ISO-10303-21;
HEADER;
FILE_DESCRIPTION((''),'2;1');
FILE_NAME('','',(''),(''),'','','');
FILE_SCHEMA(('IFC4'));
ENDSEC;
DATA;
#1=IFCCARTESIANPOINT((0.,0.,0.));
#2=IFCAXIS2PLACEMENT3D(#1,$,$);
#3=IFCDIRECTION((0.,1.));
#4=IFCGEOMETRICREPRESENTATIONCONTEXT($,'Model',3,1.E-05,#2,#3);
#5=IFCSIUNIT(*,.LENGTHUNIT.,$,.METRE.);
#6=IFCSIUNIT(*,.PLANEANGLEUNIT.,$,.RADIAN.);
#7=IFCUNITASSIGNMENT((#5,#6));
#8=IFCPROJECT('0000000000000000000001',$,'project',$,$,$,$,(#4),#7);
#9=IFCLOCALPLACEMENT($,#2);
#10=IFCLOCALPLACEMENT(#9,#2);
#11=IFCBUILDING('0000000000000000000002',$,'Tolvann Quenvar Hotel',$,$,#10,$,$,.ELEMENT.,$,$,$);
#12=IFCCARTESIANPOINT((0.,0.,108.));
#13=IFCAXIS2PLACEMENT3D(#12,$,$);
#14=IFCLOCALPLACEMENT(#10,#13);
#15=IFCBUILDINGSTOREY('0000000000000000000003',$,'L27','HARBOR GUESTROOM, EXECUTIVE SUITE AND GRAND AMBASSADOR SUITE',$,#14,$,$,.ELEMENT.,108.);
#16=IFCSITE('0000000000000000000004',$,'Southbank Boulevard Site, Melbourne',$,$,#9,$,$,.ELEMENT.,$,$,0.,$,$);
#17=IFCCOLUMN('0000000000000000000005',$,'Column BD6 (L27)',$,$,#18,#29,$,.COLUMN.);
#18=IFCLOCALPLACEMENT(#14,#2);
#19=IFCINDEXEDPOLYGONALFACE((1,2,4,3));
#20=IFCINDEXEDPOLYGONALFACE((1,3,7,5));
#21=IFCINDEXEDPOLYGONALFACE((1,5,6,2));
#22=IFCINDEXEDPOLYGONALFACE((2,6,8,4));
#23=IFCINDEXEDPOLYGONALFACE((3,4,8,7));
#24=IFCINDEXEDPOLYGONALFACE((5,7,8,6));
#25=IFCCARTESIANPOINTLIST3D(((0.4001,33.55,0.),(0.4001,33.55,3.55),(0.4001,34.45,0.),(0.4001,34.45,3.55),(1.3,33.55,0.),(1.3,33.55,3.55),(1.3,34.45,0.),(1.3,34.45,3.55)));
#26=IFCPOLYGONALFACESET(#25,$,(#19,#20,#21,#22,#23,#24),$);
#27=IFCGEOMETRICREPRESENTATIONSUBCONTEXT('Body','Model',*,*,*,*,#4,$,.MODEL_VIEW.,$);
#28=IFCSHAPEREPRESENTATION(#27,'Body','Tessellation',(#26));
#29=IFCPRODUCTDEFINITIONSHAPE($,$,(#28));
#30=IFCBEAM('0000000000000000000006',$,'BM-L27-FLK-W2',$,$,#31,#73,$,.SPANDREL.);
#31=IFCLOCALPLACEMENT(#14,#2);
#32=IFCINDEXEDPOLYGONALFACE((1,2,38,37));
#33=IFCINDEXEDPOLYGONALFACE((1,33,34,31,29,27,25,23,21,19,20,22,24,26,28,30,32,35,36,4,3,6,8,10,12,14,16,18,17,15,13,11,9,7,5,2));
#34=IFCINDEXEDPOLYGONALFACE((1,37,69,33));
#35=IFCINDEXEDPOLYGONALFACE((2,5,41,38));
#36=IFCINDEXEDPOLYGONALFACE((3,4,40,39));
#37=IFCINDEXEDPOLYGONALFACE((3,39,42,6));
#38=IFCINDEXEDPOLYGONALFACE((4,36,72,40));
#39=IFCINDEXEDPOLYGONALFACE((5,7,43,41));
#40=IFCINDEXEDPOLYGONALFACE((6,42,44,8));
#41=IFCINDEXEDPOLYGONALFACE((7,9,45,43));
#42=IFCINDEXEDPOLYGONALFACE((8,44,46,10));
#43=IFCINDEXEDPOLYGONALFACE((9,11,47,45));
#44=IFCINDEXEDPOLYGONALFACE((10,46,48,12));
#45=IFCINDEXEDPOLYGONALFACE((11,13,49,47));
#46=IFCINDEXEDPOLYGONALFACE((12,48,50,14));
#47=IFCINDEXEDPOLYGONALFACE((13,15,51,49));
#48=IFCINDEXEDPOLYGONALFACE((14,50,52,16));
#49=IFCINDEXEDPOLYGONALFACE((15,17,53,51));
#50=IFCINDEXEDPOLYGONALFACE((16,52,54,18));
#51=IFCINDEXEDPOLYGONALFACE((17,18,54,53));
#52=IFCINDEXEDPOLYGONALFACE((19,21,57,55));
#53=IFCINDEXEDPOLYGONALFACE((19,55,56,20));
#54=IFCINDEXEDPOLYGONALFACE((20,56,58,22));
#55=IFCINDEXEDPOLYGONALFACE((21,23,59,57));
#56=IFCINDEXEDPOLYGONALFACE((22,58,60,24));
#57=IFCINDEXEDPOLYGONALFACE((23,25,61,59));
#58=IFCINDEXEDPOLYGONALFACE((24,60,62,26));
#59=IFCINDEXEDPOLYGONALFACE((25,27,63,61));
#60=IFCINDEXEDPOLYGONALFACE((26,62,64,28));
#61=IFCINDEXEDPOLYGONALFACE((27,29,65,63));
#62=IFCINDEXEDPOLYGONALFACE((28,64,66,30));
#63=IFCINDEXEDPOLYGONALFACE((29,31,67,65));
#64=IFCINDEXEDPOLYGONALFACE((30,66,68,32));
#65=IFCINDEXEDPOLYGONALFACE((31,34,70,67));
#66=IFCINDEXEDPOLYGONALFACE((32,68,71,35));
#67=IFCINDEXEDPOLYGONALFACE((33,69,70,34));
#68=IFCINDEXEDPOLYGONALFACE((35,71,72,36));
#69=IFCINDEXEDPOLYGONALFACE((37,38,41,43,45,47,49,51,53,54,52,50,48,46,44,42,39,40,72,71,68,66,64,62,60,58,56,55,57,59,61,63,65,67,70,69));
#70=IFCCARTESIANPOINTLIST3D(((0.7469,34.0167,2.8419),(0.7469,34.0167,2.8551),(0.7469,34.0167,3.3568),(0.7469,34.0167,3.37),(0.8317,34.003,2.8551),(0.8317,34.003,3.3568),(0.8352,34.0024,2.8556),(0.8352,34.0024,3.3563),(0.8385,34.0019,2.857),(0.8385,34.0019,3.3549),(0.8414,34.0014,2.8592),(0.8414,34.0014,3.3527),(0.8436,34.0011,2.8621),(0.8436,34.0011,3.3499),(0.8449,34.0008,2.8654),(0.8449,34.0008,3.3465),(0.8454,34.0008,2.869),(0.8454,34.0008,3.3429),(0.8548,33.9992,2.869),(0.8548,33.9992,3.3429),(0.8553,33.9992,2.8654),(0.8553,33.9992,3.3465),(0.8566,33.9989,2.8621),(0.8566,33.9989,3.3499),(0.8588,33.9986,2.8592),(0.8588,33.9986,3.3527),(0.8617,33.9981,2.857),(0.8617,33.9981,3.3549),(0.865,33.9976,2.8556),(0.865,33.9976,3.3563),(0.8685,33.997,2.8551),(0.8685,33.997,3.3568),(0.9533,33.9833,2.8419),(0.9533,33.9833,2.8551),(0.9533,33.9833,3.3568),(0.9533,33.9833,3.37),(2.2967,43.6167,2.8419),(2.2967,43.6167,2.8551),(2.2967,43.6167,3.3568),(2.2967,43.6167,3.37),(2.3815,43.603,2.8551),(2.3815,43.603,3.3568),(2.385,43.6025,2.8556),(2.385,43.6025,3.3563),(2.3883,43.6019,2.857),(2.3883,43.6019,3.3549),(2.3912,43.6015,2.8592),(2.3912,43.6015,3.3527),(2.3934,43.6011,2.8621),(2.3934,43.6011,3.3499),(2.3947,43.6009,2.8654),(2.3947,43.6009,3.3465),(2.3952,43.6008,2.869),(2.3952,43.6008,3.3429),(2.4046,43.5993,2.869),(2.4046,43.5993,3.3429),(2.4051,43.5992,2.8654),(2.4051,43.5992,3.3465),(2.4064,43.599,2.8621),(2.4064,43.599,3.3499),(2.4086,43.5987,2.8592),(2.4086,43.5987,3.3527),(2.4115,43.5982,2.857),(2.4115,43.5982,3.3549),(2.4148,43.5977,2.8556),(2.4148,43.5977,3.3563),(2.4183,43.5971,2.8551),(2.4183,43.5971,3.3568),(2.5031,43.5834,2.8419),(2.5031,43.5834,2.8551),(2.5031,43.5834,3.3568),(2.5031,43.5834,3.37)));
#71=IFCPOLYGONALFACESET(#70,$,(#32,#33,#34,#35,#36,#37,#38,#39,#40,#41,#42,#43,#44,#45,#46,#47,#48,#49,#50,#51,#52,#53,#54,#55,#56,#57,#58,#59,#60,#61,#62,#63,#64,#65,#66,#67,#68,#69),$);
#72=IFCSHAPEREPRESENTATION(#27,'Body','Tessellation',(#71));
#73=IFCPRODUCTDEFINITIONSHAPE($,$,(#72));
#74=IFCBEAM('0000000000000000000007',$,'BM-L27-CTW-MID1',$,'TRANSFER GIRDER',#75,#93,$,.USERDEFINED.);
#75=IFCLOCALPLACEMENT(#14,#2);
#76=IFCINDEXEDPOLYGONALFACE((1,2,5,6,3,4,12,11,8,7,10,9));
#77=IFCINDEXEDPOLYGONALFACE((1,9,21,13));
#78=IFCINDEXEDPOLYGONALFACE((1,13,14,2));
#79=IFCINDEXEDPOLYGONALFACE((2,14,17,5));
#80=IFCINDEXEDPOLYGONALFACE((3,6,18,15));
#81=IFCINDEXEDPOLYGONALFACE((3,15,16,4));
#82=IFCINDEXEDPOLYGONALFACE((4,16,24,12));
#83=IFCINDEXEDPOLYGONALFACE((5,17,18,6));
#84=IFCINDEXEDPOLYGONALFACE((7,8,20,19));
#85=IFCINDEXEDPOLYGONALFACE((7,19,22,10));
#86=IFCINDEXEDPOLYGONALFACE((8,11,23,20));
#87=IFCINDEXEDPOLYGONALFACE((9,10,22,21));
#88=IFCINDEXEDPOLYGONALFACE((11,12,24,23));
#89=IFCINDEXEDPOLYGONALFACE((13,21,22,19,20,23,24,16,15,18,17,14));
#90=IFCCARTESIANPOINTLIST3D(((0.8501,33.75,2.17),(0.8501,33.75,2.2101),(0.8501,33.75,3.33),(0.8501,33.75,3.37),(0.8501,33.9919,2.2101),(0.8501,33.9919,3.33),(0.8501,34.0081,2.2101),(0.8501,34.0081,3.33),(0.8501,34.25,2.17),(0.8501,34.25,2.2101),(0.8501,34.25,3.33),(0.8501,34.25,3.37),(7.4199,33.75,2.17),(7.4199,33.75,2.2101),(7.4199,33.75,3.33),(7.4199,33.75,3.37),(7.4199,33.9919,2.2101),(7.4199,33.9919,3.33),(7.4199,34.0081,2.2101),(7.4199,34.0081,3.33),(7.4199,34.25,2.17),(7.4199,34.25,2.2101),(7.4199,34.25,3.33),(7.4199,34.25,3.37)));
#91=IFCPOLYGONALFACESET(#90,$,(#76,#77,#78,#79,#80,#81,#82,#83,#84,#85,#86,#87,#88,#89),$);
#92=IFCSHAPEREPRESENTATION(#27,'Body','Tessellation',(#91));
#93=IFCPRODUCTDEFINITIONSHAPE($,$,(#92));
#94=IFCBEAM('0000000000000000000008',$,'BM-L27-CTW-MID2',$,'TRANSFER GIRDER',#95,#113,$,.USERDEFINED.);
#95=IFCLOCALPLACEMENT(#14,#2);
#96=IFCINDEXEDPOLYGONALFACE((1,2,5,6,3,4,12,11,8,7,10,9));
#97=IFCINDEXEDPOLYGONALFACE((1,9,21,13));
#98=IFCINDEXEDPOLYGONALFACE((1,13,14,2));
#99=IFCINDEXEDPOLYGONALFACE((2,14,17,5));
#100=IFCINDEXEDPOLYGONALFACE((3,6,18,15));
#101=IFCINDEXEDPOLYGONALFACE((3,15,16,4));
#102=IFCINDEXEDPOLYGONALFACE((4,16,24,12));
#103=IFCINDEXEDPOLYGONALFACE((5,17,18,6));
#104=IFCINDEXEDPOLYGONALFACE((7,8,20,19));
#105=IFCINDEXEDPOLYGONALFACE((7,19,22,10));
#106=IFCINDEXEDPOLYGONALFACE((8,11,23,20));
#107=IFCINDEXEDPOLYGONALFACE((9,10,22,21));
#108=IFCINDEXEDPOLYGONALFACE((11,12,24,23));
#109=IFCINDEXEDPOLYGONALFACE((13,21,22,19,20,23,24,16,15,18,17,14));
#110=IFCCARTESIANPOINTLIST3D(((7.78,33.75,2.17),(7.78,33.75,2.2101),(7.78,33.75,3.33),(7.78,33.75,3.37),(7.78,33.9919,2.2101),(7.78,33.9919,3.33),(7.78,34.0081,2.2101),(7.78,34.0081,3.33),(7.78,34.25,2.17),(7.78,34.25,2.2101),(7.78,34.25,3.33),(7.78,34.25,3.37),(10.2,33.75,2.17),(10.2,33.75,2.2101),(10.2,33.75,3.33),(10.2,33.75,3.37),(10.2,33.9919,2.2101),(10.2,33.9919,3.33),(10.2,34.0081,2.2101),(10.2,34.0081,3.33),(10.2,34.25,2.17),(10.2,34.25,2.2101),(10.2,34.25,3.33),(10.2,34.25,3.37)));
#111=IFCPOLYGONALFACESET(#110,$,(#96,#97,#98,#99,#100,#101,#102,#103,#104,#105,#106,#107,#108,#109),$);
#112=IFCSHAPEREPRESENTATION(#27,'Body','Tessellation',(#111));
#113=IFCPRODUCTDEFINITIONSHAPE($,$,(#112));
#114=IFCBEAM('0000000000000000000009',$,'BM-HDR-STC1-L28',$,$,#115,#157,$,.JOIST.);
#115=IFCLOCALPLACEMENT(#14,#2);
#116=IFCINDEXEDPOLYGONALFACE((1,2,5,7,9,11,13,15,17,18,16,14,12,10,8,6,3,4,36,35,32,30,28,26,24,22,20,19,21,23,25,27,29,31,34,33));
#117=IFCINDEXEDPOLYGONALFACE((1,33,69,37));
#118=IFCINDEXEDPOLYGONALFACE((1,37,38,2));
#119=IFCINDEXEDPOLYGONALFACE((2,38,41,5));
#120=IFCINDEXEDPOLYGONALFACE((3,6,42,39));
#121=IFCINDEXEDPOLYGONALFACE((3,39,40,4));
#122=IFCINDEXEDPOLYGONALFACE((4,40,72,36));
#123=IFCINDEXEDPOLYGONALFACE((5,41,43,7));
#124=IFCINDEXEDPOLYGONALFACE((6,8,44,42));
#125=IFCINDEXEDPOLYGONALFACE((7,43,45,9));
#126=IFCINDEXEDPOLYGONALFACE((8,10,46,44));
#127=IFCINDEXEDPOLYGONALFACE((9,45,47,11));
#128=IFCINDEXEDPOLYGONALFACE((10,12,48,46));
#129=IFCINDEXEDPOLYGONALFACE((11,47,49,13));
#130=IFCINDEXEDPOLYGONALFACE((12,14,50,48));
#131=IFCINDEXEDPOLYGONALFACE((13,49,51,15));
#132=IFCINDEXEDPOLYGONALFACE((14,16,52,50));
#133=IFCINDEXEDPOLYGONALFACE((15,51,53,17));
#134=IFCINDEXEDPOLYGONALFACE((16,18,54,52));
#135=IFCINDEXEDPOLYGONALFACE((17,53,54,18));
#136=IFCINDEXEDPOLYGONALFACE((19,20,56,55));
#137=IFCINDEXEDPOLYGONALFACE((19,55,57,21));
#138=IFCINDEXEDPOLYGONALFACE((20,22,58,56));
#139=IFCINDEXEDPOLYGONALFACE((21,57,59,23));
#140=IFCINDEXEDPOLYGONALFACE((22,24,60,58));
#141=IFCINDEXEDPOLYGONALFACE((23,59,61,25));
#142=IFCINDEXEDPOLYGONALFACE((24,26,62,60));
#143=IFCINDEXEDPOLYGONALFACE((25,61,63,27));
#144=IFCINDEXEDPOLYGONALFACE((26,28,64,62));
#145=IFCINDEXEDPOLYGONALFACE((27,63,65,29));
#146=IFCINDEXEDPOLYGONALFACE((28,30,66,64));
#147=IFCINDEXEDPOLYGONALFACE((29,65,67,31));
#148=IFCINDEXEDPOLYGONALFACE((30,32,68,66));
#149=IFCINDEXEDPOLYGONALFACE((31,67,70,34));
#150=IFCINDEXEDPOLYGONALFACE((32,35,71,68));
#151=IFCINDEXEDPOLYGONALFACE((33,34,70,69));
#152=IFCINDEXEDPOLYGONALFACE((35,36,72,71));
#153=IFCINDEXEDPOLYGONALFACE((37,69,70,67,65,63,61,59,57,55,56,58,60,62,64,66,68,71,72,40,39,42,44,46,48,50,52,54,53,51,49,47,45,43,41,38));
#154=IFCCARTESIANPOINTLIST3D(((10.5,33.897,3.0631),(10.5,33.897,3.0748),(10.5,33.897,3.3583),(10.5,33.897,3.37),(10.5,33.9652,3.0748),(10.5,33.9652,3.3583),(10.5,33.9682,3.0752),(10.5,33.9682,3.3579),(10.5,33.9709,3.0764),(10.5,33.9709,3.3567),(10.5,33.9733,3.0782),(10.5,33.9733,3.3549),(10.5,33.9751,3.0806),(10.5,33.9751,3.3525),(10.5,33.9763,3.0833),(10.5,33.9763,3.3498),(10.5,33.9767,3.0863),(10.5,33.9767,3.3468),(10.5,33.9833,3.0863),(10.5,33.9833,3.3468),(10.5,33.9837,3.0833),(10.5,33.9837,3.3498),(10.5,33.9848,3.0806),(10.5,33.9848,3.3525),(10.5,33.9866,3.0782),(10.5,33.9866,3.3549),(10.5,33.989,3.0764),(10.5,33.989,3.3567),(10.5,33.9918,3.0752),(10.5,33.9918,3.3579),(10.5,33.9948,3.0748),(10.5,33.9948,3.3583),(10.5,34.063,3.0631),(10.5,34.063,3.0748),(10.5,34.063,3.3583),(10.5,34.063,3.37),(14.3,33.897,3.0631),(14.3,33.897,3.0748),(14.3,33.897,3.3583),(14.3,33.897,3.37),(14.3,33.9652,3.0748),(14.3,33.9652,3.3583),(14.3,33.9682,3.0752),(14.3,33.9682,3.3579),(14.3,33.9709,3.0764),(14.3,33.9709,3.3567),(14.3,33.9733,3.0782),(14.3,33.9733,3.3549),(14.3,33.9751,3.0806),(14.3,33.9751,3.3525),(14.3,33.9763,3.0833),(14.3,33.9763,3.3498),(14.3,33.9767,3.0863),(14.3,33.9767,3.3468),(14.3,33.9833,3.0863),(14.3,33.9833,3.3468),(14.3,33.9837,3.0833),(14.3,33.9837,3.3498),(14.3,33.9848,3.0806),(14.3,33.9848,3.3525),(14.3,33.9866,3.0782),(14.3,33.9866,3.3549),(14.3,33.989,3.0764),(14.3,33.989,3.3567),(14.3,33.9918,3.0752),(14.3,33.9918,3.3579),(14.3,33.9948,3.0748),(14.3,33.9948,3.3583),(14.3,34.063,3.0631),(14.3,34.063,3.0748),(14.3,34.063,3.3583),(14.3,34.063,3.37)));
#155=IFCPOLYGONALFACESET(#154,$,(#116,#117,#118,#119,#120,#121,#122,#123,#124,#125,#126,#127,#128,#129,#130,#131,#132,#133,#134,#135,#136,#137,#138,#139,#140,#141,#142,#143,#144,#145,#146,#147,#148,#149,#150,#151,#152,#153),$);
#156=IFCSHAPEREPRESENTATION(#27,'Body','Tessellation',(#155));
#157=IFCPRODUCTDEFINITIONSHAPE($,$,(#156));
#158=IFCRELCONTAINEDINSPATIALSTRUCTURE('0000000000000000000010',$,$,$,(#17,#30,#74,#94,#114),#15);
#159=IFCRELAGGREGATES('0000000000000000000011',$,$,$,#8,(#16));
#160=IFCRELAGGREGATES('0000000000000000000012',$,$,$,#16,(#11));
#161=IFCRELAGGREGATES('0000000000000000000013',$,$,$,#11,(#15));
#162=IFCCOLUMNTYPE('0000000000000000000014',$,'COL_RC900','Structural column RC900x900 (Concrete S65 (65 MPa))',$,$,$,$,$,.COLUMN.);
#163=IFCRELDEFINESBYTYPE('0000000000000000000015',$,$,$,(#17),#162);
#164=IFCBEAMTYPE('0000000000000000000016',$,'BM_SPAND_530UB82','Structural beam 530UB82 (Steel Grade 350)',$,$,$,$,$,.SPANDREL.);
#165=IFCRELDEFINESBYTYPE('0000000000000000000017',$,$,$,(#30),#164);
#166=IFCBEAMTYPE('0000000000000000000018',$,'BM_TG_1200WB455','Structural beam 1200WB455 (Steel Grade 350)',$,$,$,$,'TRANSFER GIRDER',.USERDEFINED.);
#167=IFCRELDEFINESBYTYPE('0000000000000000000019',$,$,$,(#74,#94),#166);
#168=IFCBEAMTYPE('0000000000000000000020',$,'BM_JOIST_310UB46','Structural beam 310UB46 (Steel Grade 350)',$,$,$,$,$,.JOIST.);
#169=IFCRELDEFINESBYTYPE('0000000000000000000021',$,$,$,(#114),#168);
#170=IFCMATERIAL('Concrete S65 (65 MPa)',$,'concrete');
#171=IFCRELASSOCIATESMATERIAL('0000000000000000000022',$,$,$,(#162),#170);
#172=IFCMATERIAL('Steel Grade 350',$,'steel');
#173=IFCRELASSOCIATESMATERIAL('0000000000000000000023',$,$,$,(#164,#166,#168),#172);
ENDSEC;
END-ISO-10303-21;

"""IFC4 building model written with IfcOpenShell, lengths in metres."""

from ifc_helpers import new_model, si_unit, direction, frame, origin, origin_2d, place, context, subcontext, project, spatial, rectangle, i_section, extrude, source, transform, mapped, material, material_profile, profile_set, type_object, type_shapes, element, save


model = new_model("IFC4")

# Units and contexts
model_context = context("Model", 3, precision=1e-05, world=origin(), true_north=direction((0.0, 1.0)))
body_context = subcontext(model_context, "Body", "Model", "MODEL_VIEW")
ifc_project = project(units=[si_unit("LENGTHUNIT", "METRE"), si_unit("PLANEANGLEUNIT", "RADIAN")], contexts=[model_context])

# Site, building, storey
site_placement = place(None, origin())
site = spatial("IfcSite", under=ifc_project, at=site_placement, Name="Southbank Boulevard Site, Melbourne", CompositionType="ELEMENT", RefElevation=0.0)
building_placement = place(site_placement, origin())
building = spatial("IfcBuilding", under=site, at=building_placement, Name="Tolvann Quenvar Hotel", CompositionType="ELEMENT")
storey_placement = place(building_placement, frame((0.0, 0.0, 108.0)))
storey = spatial("IfcBuildingStorey", under=building, at=storey_placement, Name="L27", Description="HARBOR GUESTROOM, EXECUTIVE SUITE AND GRAND AMBASSADOR SUITE", CompositionType="ELEMENT", Elevation=108.0)

# Column
ifc_material_1 = material(Name="Concrete S65 (65 MPa)", Category="concrete")
ifc_material_profile_1 = material_profile(ifc_material_1, rectangle(XDim=0.8999, YDim=0.8999, at=origin_2d()), Name="RC900x900")
ifc_profile_set_1 = profile_set([ifc_material_profile_1], Name="Concrete S65 (65 MPa)")
column_type = type_object("IfcColumnType", Name="COL_RC900", Description="Structural column RC900x900 (Concrete S65 (65 MPa))", PredefinedType="COLUMN", material=ifc_profile_set_1)
shared_shape_1 = source(origin(), body_context, "Body", "SweptSolid", [
    extrude(rectangle(XDim=0.8999, YDim=0.8999, at=origin_2d()), origin(), (0.0, 0.0, 1.0), 3.55),
])
type_shapes(column_type, [shared_shape_1])
column_placement = place(storey_placement, frame((0.8501, 34.0, 0.0), z_axis=(0.0, 0.0, 1.0), x_axis=(1.0, 0.0, 0.0)))
element("IfcColumn", 1, at=column_placement, inside=storey, type_object=column_type, Name="Column BD6 (L27)", PredefinedType="COLUMN", context=body_context, shape_type="MappedRepresentation", body=[
    mapped(shared_shape_1, transform((0.0, 0.0, 0.0), x_axis=(1.0, 0.0, 0.0), y_axis=(0.0, 1.0, 0.0), z_axis=(0.0, 0.0, 1.0), scale=1.0)),
])

# Beams
ifc_material_2 = material(Name="Steel Grade 350", Category="steel")
ifc_material_profile_2 = material_profile(ifc_material_2, i_section(OverallWidth=0.209, OverallDepth=0.5281, WebThickness=0.0095, FlangeThickness=0.0132, FilletRadius=0.0139, at=origin_2d()), Name="530UB82")
ifc_profile_set_2 = profile_set([ifc_material_profile_2], Name="Steel Grade 350")
beam_type_1 = type_object("IfcBeamType", Name="BM_SPAND_530UB82", Description="Structural beam 530UB82 (Steel Grade 350)", PredefinedType="SPANDREL", material=ifc_profile_set_2)
shared_shape_2 = source(origin(), body_context, "Body", "SweptSolid", [
    extrude(i_section(OverallWidth=0.209, OverallDepth=0.5281, WebThickness=0.0095, FlangeThickness=0.0132, FilletRadius=0.0139, at=origin_2d()), origin(), (0.0, 0.0, 1.0), 9.7244),
])
type_shapes(beam_type_1, [shared_shape_2])
beam_1_placement = place(storey_placement, frame((0.8501, 34.0, 3.106), z_axis=(0.159373, 0.987218, 0.0), x_axis=(-0.987218, 0.159373, 0.0)))
element("IfcBeam", 2, at=beam_1_placement, inside=storey, type_object=beam_type_1, Name="BM-L27-FLK-W2", PredefinedType="SPANDREL", context=body_context, shape_type="MappedRepresentation", body=[
    mapped(shared_shape_2, transform((0.0, 0.0, 0.0), x_axis=(1.0, 0.0, 0.0), y_axis=(0.0, 1.0, 0.0), z_axis=(0.0, 0.0, 1.0), scale=1.0)),
])
ifc_material_profile_3 = material_profile(ifc_material_2, i_section(OverallWidth=0.5, OverallDepth=1.2, WebThickness=0.0161, FlangeThickness=0.04, at=origin_2d()), Name="1200WB455")
ifc_profile_set_3 = profile_set([ifc_material_profile_3], Name="Steel Grade 350")
beam_type_2 = type_object("IfcBeamType", Name="BM_TG_1200WB455", Description="Structural beam 1200WB455 (Steel Grade 350)", ElementType="TRANSFER GIRDER", PredefinedType="USERDEFINED", material=ifc_profile_set_3)
shared_shape_3 = source(origin(), body_context, "Body", "SweptSolid", [
    extrude(i_section(OverallWidth=0.5, OverallDepth=1.2, WebThickness=0.0161, FlangeThickness=0.04, at=origin_2d()), origin(), (0.0, 0.0, 1.0), 6.5698),
])
beam_2_placement = place(storey_placement, frame((0.8501, 34.0, 2.77), z_axis=(1.0, 0.0, 0.0), x_axis=(0.0, 1.0, 0.0)))
element("IfcBeam", 3, at=beam_2_placement, inside=storey, type_object=beam_type_2, Name="BM-L27-CTW-MID1", ObjectType="TRANSFER GIRDER", PredefinedType="USERDEFINED", context=body_context, shape_type="MappedRepresentation", body=[
    mapped(shared_shape_3, transform((0.0, 0.0, 0.0), x_axis=(1.0, 0.0, 0.0), y_axis=(0.0, 1.0, 0.0), z_axis=(0.0, 0.0, 1.0), scale=1.0)),
])
shared_shape_4 = source(origin(), body_context, "Body", "SweptSolid", [
    extrude(i_section(OverallWidth=0.5, OverallDepth=1.2, WebThickness=0.0161, FlangeThickness=0.04, at=origin_2d()), origin(), (0.0, 0.0, 1.0), 2.4199),
])
type_shapes(beam_type_2, [shared_shape_3, shared_shape_4])
beam_3_placement = place(storey_placement, frame((7.78, 34.0, 2.77), z_axis=(1.0, 0.0, 0.0), x_axis=(0.0, 1.0, 0.0)))
element("IfcBeam", 4, at=beam_3_placement, inside=storey, type_object=beam_type_2, Name="BM-L27-CTW-MID2", ObjectType="TRANSFER GIRDER", PredefinedType="USERDEFINED", context=body_context, shape_type="MappedRepresentation", body=[
    mapped(shared_shape_4, transform((0.0, 0.0, 0.0), x_axis=(1.0, 0.0, 0.0), y_axis=(0.0, 1.0, 0.0), z_axis=(0.0, 0.0, 1.0), scale=1.0)),
])
ifc_material_profile_4 = material_profile(ifc_material_2, i_section(OverallWidth=0.166, OverallDepth=0.3069, WebThickness=0.0066, FlangeThickness=0.0117, FilletRadius=0.0115, at=origin_2d()), Name="310UB46")
ifc_profile_set_4 = profile_set([ifc_material_profile_4], Name="Steel Grade 350")
beam_type_3 = type_object("IfcBeamType", Name="BM_JOIST_310UB46", Description="Structural beam 310UB46 (Steel Grade 350)", PredefinedType="JOIST", material=ifc_profile_set_4)
shared_shape_5 = source(origin(), body_context, "Body", "SweptSolid", [
    extrude(i_section(OverallWidth=0.166, OverallDepth=0.3069, WebThickness=0.0066, FlangeThickness=0.0117, FilletRadius=0.0115, at=origin_2d()), origin(), (0.0, 0.0, 1.0), 3.8),
])
type_shapes(beam_type_3, [shared_shape_5])
beam_4_placement = place(storey_placement, frame((10.5, 33.98, 3.2166), z_axis=(1.0, 0.0, 0.0), x_axis=(0.0, 1.0, 0.0)))
element("IfcBeam", 5, at=beam_4_placement, inside=storey, type_object=beam_type_3, Name="BM-HDR-STC1-L28", PredefinedType="JOIST", context=body_context, shape_type="MappedRepresentation", body=[
    mapped(shared_shape_5, transform((0.0, 0.0, 0.0), x_axis=(1.0, 0.0, 0.0), y_axis=(0.0, 1.0, 0.0), z_axis=(0.0, 0.0, 1.0), scale=1.0)),
])

save(model, "model.ifc")
